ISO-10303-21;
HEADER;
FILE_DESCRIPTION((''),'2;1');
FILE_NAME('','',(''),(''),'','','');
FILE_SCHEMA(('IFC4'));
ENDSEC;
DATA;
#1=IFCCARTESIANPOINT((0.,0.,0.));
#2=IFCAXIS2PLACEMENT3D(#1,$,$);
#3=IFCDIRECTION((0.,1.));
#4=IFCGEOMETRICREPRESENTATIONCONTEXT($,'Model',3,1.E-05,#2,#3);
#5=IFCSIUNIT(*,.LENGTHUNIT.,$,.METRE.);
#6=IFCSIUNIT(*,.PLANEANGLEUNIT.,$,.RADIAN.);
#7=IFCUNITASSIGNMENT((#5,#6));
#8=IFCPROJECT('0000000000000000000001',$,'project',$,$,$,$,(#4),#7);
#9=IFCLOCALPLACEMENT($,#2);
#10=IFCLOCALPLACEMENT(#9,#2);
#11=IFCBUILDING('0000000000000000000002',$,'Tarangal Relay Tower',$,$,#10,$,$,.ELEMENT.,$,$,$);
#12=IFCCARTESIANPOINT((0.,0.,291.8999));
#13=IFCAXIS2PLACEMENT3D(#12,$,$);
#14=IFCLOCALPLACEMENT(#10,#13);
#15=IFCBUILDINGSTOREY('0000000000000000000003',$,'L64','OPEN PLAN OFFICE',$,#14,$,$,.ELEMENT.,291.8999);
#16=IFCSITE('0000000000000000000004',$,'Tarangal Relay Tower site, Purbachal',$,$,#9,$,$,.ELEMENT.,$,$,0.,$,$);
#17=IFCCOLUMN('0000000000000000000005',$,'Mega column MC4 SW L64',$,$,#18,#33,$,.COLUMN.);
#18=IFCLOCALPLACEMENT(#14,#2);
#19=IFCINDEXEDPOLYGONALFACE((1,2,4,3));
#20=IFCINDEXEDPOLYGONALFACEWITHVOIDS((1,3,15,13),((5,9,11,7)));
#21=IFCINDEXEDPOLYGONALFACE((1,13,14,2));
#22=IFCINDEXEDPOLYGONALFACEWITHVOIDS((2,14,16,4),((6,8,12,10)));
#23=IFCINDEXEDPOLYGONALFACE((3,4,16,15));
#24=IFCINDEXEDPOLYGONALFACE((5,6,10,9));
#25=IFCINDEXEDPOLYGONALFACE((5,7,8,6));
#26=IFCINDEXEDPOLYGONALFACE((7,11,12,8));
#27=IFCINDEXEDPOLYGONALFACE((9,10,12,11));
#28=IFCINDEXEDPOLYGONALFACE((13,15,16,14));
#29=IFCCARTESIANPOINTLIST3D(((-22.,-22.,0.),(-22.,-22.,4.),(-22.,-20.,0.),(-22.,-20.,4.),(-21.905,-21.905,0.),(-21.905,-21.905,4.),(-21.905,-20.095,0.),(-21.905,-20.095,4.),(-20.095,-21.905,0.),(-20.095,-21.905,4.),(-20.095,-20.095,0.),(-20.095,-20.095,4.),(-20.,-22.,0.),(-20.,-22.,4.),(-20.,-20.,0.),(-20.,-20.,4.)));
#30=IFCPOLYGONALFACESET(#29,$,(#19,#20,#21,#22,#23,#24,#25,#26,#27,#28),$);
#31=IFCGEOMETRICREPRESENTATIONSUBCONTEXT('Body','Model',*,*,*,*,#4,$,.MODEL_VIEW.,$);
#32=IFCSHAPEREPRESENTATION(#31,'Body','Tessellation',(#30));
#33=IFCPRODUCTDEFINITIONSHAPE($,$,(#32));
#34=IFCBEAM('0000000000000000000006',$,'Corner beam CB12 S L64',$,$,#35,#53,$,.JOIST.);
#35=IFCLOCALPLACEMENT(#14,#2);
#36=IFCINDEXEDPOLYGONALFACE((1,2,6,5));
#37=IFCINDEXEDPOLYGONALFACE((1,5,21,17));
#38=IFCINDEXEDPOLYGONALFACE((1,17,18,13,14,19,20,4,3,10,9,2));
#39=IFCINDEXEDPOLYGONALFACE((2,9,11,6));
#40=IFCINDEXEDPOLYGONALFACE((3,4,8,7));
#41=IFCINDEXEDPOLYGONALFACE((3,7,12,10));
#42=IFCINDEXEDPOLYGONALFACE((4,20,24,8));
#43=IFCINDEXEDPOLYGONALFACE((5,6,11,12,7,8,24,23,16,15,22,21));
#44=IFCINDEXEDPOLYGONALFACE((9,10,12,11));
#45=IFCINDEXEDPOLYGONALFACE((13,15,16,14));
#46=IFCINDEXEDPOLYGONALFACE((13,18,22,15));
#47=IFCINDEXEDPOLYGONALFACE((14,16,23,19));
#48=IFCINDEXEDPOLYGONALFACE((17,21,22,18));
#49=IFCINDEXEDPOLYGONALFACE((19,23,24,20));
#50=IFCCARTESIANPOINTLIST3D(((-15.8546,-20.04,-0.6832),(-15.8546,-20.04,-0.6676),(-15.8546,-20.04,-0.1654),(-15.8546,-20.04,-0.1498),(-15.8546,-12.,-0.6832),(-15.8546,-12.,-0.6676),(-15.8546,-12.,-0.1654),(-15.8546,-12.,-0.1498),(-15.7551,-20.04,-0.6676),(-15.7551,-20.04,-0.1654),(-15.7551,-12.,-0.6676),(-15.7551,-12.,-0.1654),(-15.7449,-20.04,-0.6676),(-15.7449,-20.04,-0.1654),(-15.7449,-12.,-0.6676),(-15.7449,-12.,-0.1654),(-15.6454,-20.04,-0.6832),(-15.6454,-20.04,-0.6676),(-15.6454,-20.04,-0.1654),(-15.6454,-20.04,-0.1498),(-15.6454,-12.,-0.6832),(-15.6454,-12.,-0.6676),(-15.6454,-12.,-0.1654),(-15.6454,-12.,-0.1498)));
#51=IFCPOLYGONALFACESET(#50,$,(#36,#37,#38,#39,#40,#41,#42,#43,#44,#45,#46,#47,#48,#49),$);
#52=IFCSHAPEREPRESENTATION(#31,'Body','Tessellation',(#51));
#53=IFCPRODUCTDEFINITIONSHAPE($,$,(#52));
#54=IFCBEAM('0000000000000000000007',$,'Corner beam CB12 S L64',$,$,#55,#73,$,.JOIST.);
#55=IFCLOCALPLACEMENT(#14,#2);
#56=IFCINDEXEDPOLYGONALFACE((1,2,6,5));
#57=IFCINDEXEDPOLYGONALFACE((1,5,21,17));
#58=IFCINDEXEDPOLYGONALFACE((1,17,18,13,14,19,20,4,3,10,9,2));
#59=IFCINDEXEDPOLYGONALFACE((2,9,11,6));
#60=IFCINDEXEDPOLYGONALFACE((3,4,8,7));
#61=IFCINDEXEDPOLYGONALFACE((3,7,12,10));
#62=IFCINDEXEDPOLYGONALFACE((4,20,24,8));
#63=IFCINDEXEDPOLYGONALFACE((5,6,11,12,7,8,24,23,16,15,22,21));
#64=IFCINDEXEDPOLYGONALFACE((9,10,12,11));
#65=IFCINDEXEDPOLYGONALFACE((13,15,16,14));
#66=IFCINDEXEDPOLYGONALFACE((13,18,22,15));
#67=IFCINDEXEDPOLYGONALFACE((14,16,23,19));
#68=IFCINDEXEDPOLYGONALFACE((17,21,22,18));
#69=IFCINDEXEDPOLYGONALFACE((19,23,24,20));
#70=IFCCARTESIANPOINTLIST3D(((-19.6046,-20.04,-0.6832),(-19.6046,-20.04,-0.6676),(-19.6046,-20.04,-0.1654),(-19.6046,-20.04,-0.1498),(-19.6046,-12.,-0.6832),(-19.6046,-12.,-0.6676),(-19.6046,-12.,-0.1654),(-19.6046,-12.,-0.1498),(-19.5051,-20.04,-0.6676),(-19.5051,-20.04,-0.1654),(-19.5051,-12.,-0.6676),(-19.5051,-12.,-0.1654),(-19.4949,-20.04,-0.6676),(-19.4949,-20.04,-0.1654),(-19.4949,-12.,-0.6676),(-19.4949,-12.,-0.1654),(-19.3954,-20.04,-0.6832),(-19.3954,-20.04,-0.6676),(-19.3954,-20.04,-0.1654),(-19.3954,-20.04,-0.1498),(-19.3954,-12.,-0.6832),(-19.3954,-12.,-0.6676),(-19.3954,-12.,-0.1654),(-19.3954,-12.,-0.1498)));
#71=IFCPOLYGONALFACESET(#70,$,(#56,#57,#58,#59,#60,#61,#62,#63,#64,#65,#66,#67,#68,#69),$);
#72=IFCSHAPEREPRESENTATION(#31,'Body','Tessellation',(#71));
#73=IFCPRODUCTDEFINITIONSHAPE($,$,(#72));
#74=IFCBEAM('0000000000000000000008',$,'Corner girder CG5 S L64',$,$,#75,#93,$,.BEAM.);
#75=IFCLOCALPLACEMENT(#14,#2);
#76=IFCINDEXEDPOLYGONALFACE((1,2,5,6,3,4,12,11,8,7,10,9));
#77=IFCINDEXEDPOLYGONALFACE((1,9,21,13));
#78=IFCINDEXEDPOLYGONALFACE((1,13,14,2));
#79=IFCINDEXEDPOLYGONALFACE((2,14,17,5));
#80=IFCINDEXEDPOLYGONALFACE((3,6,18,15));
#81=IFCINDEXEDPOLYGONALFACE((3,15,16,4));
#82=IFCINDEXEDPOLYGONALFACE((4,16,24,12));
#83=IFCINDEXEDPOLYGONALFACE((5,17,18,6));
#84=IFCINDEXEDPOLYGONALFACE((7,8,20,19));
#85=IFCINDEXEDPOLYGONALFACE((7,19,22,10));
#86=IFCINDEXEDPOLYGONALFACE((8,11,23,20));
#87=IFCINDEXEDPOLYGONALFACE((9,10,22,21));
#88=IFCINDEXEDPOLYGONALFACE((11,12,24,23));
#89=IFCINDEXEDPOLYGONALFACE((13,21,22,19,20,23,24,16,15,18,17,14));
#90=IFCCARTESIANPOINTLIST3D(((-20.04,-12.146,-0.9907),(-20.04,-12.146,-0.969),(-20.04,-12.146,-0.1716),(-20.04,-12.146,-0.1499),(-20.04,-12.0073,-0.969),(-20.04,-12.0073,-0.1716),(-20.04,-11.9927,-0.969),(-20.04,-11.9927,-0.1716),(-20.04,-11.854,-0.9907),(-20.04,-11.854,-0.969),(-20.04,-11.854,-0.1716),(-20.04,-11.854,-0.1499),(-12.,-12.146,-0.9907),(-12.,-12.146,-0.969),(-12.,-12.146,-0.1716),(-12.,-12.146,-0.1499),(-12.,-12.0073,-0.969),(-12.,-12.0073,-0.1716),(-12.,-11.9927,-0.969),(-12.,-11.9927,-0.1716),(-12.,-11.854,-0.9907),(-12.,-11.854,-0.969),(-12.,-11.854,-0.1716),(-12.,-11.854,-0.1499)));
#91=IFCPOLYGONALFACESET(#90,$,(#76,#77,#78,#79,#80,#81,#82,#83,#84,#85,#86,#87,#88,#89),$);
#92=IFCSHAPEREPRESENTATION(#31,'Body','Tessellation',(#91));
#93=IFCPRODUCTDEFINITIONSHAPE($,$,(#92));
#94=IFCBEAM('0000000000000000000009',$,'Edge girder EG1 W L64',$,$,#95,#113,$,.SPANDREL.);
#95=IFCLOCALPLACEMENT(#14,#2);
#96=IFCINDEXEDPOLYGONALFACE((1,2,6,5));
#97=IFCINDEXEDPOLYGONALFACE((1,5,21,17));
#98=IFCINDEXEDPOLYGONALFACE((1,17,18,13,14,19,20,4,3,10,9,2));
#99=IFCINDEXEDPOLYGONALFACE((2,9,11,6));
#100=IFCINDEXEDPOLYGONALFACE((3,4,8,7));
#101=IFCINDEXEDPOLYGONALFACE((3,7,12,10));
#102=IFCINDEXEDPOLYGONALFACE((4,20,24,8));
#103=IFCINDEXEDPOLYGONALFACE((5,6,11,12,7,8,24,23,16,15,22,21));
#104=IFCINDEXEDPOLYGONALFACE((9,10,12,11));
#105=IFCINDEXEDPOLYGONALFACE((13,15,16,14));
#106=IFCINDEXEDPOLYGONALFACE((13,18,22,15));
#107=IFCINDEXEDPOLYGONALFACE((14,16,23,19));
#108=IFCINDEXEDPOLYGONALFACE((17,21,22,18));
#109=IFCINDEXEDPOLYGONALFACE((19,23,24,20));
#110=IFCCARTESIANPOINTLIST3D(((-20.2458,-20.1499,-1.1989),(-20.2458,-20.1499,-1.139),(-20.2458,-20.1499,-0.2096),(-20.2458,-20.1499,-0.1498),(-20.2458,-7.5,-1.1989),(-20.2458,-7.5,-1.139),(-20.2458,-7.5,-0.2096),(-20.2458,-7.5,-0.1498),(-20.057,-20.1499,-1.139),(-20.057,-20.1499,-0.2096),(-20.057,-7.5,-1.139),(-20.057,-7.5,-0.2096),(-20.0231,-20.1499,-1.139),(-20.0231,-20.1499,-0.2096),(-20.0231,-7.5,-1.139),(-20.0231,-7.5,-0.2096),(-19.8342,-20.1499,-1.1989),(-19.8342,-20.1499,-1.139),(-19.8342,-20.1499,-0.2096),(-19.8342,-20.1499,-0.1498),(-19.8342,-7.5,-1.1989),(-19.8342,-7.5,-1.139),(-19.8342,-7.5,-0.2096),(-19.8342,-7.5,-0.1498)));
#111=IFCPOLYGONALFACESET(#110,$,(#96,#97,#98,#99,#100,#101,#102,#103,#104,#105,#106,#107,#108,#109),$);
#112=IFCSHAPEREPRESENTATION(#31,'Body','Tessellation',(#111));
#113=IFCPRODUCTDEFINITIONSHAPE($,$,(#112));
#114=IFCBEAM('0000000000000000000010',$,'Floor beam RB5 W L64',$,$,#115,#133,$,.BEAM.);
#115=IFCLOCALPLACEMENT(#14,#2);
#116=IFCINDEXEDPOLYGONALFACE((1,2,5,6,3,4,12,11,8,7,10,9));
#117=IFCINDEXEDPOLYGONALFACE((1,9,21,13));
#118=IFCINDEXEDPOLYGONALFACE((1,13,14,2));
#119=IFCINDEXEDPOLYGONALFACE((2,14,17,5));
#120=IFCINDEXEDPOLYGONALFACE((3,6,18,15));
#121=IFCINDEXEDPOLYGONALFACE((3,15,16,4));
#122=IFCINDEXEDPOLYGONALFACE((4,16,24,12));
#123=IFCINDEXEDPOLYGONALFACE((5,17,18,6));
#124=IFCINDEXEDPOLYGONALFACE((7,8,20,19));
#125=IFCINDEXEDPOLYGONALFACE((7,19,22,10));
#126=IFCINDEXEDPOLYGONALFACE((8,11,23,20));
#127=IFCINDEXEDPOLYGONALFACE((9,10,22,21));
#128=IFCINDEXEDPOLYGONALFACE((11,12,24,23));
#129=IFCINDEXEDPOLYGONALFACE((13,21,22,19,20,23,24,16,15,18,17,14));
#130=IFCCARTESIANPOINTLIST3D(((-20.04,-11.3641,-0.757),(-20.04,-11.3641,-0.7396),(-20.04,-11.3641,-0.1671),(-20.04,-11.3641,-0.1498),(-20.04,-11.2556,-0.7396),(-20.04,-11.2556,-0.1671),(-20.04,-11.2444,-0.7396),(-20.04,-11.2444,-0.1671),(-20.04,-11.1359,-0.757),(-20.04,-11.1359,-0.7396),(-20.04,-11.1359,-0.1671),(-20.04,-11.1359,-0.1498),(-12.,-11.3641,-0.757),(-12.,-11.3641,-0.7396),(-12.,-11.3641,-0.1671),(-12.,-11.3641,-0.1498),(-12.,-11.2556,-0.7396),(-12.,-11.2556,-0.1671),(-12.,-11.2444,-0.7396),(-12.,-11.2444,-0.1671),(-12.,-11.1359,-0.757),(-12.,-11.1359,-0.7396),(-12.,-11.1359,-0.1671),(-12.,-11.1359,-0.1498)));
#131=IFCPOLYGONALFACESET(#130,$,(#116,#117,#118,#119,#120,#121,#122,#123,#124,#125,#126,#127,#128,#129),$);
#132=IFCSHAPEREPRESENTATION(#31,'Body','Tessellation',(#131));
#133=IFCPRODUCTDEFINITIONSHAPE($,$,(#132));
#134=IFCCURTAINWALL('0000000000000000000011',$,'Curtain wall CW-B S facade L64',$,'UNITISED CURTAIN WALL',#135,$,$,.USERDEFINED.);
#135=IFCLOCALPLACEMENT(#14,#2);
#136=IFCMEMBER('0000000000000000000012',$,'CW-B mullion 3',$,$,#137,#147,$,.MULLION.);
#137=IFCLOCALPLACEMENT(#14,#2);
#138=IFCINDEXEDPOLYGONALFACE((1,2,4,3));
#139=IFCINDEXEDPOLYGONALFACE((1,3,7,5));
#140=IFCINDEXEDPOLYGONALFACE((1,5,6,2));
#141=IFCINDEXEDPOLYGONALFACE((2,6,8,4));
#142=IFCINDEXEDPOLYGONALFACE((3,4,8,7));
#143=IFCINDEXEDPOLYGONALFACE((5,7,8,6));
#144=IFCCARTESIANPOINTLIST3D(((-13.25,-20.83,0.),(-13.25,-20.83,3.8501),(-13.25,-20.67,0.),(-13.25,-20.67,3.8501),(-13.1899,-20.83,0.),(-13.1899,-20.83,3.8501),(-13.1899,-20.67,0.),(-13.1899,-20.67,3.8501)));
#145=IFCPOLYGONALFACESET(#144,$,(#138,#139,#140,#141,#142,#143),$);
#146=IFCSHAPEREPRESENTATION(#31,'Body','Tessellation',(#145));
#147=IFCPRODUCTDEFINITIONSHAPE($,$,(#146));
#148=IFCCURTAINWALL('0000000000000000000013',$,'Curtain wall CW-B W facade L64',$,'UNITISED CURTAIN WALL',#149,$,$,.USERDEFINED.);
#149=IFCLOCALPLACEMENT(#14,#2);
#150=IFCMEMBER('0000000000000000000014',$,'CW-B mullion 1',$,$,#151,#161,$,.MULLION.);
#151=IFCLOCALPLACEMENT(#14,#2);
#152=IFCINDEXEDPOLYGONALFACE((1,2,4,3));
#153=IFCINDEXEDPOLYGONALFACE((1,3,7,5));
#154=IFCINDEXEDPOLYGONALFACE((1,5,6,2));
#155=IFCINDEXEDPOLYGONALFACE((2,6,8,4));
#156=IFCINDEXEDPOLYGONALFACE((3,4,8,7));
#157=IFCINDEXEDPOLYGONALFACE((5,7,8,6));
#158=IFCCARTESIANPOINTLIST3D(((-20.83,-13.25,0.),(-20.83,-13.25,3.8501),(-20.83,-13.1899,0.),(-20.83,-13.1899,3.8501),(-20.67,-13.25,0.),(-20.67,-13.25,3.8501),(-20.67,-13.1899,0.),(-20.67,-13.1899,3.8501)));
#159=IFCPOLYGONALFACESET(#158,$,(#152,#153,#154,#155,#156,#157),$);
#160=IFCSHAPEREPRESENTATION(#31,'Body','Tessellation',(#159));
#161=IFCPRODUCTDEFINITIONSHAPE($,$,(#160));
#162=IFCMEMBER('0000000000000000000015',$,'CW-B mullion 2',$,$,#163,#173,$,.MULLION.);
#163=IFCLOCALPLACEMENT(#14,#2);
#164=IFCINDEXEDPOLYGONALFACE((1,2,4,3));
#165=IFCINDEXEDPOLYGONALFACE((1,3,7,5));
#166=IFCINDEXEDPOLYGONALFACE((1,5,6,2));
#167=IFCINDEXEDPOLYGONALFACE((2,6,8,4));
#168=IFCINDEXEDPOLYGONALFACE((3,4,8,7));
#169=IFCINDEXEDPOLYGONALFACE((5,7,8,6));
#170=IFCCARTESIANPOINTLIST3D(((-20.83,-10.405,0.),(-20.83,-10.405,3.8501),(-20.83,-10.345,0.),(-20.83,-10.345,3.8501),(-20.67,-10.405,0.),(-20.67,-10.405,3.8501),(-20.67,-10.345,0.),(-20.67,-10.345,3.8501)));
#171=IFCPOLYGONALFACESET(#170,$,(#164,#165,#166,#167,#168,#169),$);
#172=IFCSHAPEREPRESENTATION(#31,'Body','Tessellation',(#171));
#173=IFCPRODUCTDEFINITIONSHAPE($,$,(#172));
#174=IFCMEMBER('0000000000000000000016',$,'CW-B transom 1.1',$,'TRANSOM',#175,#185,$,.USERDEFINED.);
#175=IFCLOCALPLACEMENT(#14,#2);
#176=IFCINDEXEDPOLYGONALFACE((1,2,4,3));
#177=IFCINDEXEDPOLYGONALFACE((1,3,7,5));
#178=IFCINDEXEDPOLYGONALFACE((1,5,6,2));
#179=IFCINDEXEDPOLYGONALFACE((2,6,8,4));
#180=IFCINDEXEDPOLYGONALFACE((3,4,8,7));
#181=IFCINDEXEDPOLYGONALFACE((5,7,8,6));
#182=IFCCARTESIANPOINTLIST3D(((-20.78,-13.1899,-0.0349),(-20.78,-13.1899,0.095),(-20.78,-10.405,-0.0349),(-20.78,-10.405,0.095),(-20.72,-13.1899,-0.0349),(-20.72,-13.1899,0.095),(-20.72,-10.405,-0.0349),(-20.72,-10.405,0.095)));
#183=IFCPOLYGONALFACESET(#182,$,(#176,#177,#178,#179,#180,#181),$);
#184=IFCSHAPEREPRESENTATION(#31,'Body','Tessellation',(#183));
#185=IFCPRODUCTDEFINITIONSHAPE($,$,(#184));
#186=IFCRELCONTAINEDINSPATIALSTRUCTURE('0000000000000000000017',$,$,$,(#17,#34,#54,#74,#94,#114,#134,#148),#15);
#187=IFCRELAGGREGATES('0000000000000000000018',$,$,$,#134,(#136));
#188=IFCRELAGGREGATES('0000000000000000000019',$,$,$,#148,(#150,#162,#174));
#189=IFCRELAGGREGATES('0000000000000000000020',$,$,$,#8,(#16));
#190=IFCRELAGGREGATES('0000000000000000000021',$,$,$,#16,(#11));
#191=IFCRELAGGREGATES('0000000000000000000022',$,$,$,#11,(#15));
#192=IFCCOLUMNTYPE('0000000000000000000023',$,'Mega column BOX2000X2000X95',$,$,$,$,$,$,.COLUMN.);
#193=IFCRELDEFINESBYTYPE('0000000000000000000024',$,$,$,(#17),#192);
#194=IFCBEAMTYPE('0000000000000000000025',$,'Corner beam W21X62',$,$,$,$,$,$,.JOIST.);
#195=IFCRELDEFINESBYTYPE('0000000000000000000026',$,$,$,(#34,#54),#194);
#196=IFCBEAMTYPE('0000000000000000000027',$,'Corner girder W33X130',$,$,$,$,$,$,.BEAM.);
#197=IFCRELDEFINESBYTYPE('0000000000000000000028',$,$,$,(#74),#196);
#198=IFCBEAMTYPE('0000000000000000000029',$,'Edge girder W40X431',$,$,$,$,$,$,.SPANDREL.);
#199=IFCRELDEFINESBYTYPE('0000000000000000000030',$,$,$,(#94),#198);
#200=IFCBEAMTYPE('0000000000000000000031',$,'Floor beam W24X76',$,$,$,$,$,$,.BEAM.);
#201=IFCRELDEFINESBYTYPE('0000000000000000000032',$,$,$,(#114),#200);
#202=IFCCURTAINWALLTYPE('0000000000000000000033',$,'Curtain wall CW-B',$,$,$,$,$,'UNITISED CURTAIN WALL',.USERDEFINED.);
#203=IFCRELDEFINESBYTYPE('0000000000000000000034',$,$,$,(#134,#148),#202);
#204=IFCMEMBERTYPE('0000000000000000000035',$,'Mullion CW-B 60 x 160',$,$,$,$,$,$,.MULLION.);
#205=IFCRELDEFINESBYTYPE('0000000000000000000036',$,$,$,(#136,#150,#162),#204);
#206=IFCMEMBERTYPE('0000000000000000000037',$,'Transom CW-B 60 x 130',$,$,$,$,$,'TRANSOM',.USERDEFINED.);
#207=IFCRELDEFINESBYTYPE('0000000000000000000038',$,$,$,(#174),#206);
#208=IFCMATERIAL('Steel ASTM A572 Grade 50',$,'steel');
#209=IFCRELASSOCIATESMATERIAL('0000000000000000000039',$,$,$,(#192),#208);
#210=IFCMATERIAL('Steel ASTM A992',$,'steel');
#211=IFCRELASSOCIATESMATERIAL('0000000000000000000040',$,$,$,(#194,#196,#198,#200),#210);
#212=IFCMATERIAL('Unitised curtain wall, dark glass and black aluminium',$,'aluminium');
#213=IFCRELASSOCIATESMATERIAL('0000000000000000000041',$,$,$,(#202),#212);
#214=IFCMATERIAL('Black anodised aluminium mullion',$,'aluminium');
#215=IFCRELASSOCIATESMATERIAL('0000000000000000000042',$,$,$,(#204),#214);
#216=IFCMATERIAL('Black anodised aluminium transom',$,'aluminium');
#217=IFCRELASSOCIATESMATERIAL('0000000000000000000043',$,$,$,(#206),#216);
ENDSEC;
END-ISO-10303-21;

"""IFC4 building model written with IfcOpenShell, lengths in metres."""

from ifc_helpers import new_model, si_unit, direction, frame, origin, origin_2d, place, context, subcontext, project, spatial, rectangle, hollow_rectangle, i_section, extrude, material, material_profile, profile_set, type_object, element, aggregate, save


model = new_model("IFC4")

# Units and contexts
model_context = context("Model", 3, precision=1e-05, world=origin(), true_north=direction((0.0, 1.0)))
body_context = subcontext(model_context, "Body", "Model", "MODEL_VIEW")
ifc_project = project(units=[si_unit("LENGTHUNIT", "METRE"), si_unit("PLANEANGLEUNIT", "RADIAN")], contexts=[model_context])

# Site, building, storey
site_placement = place(None, origin())
site = spatial("IfcSite", under=ifc_project, at=site_placement, Name="Tarangal Relay Tower site, Purbachal", CompositionType="ELEMENT", RefElevation=0.0)
building_placement = place(site_placement, origin())
building = spatial("IfcBuilding", under=site, at=building_placement, Name="Tarangal Relay Tower", CompositionType="ELEMENT")
storey_placement = place(building_placement, frame((0.0, 0.0, 291.8999)))
storey = spatial("IfcBuildingStorey", under=building, at=storey_placement, Name="L64", Description="OPEN PLAN OFFICE", CompositionType="ELEMENT", Elevation=291.8999)

# Column
ifc_material_1 = material(Name="Steel ASTM A572 Grade 50", Category="steel")
ifc_material_profile_1 = material_profile(ifc_material_1, hollow_rectangle(XDim=2.0, YDim=2.0, WallThickness=0.095, at=origin_2d()), Name="BOX2000X2000X95")
ifc_profile_set_1 = profile_set([ifc_material_profile_1], Name="Steel ASTM A572 Grade 50")
column_type = type_object("IfcColumnType", Name="Mega column BOX2000X2000X95", PredefinedType="COLUMN", material=ifc_profile_set_1)
column_placement = place(storey_placement, frame((-21.0, -21.0, 0.0), z_axis=(0.0, 0.0, 1.0), x_axis=(1.0, 0.0, 0.0)))
element("IfcColumn", 1, at=column_placement, inside=storey, type_object=column_type, Name="Mega column MC4 SW L64", PredefinedType="COLUMN", context=body_context, shape_type="SweptSolid", body=[
    extrude(hollow_rectangle(XDim=2.0, YDim=2.0, WallThickness=0.095, at=origin_2d()), origin(), (0.0, 0.0, 1.0), 4.0),
])

# Beams
ifc_material_2 = material(Name="Steel ASTM A992", Category="steel")
ifc_material_profile_2 = material_profile(ifc_material_2, i_section(OverallWidth=0.2092, OverallDepth=0.5334, WebThickness=0.0103, FlangeThickness=0.0156, at=origin_2d()), Name="W21X62")
ifc_profile_set_2 = profile_set([ifc_material_profile_2], Name="Steel ASTM A992")
beam_type_1 = type_object("IfcBeamType", Name="Corner beam W21X62", PredefinedType="JOIST", material=ifc_profile_set_2)
for number, where, z_axis, x_axis, name in (
    (2, (-15.75, -12.0, -0.4165), (0.0, -1.0, 0.0), (1.0, 0.0, 0.0), "Corner beam CB12 S L64"),
    (3, (-19.5, -12.0, -0.4165), (0.0, -1.0, 0.0), (1.0, 0.0, 0.0), "Corner beam CB12 S L64"),
):
    element("IfcBeam", number, at=place(storey_placement, frame(where, z_axis=z_axis, x_axis=x_axis)), inside=storey, type_object=beam_type_1, Name=name, PredefinedType="JOIST", context=body_context, shape_type="SweptSolid", body=[
        extrude(i_section(OverallWidth=0.2092, OverallDepth=0.5334, WebThickness=0.0103, FlangeThickness=0.0156, at=origin_2d()), origin(), (0.0, 0.0, 1.0), 8.04),
    ])
ifc_material_profile_3 = material_profile(ifc_material_2, i_section(OverallWidth=0.292, OverallDepth=0.8408, WebThickness=0.0146, FlangeThickness=0.0217, at=origin_2d()), Name="W33X130")
ifc_profile_set_3 = profile_set([ifc_material_profile_3], Name="Steel ASTM A992")
beam_type_2 = type_object("IfcBeamType", Name="Corner girder W33X130", PredefinedType="BEAM", material=ifc_profile_set_3)
beam_1_placement = place(storey_placement, frame((-12.0, -12.0, -0.5703), z_axis=(-1.0, 0.0, 0.0), x_axis=(0.0, -1.0, 0.0)))
element("IfcBeam", 4, at=beam_1_placement, inside=storey, type_object=beam_type_2, Name="Corner girder CG5 S L64", PredefinedType="BEAM", context=body_context, shape_type="SweptSolid", body=[
    extrude(i_section(OverallWidth=0.292, OverallDepth=0.8408, WebThickness=0.0146, FlangeThickness=0.0217, at=origin_2d()), origin(), (0.0, 0.0, 1.0), 8.04),
])
ifc_material_profile_4 = material_profile(ifc_material_2, i_section(OverallWidth=0.4116, OverallDepth=1.0491, WebThickness=0.0339, FlangeThickness=0.0598, at=origin_2d()), Name="W40X431")
ifc_profile_set_4 = profile_set([ifc_material_profile_4], Name="Steel ASTM A992")
beam_type_3 = type_object("IfcBeamType", Name="Edge girder W40X431", PredefinedType="SPANDREL", material=ifc_profile_set_4)
beam_2_placement = place(storey_placement, frame((-20.04, -20.1499, -0.6743), z_axis=(0.0, 1.0, 0.0), x_axis=(-1.0, 0.0, 0.0)))
element("IfcBeam", 5, at=beam_2_placement, inside=storey, type_object=beam_type_3, Name="Edge girder EG1 W L64", PredefinedType="SPANDREL", context=body_context, shape_type="SweptSolid", body=[
    extrude(i_section(OverallWidth=0.4116, OverallDepth=1.0491, WebThickness=0.0339, FlangeThickness=0.0598, at=origin_2d()), origin(), (0.0, 0.0, 1.0), 12.6499),
])
ifc_material_profile_5 = material_profile(ifc_material_2, i_section(OverallWidth=0.2283, OverallDepth=0.6072, WebThickness=0.0112, FlangeThickness=0.0173, at=origin_2d()), Name="W24X76")
ifc_profile_set_5 = profile_set([ifc_material_profile_5], Name="Steel ASTM A992")
beam_type_4 = type_object("IfcBeamType", Name="Floor beam W24X76", PredefinedType="BEAM", material=ifc_profile_set_5)
beam_3_placement = place(storey_placement, frame((-12.0, -11.25, -0.4534), z_axis=(-1.0, 0.0, 0.0), x_axis=(0.0, -1.0, 0.0)))
element("IfcBeam", 6, at=beam_3_placement, inside=storey, type_object=beam_type_4, Name="Floor beam RB5 W L64", PredefinedType="BEAM", context=body_context, shape_type="SweptSolid", body=[
    extrude(i_section(OverallWidth=0.2283, OverallDepth=0.6072, WebThickness=0.0112, FlangeThickness=0.0173, at=origin_2d()), origin(), (0.0, 0.0, 1.0), 8.04),
])

# Curtain wall, member
ifc_material_3 = material(Name="Unitised curtain wall, dark glass and black aluminium", Category="aluminium")
curtain_wall_type = type_object("IfcCurtainWallType", Name="Curtain wall CW-B", ElementType="UNITISED CURTAIN WALL", PredefinedType="USERDEFINED", material=ifc_material_3)
curtain_wall_1_placement = place(storey_placement, origin())
curtain_wall_1 = element("IfcCurtainWall", 7, at=curtain_wall_1_placement, inside=storey, type_object=curtain_wall_type, Name="Curtain wall CW-B S facade L64", ObjectType="UNITISED CURTAIN WALL", PredefinedType="USERDEFINED")
ifc_material_4 = material(Name="Black anodised aluminium mullion", Category="aluminium")
ifc_material_profile_6 = material_profile(ifc_material_4, rectangle(XDim=0.1599, YDim=0.0601, at=origin_2d()), Name="CW-BM 60X160")
ifc_profile_set_6 = profile_set([ifc_material_profile_6], Name="Black anodised aluminium mullion")
member_type_1 = type_object("IfcMemberType", Name="Mullion CW-B 60 x 160", PredefinedType="MULLION", material=ifc_profile_set_6)
member_1_placement = place(storey_placement, frame((-13.22, -20.75, 0.0), z_axis=(0.0, 0.0, 1.0), x_axis=(0.0, -1.0, 0.0)))
member_1 = element("IfcMember", 8, at=member_1_placement, type_object=member_type_1, Name="CW-B mullion 3", PredefinedType="MULLION", context=body_context, shape_type="SweptSolid", body=[
    extrude(rectangle(XDim=0.1599, YDim=0.0601, at=origin_2d()), origin(), (0.0, 0.0, 1.0), 3.8501),
])

# Curtain wall, members
curtain_wall_2_placement = place(storey_placement, origin())
curtain_wall_2 = element("IfcCurtainWall", 9, at=curtain_wall_2_placement, inside=storey, type_object=curtain_wall_type, Name="Curtain wall CW-B W facade L64", ObjectType="UNITISED CURTAIN WALL", PredefinedType="USERDEFINED")
member_2_placement = place(storey_placement, frame((-20.75, -13.22, 0.0), z_axis=(0.0, 0.0, 1.0), x_axis=(-1.0, 0.0, 0.0)))
member_2 = element("IfcMember", 10, at=member_2_placement, type_object=member_type_1, Name="CW-B mullion 1", PredefinedType="MULLION", context=body_context, shape_type="SweptSolid", body=[
    extrude(rectangle(XDim=0.1599, YDim=0.0601, at=origin_2d()), origin(), (0.0, 0.0, 1.0), 3.8501),
])
member_3_placement = place(storey_placement, frame((-20.75, -10.375, 0.0), z_axis=(0.0, 0.0, 1.0), x_axis=(-1.0, 0.0, 0.0)))
member_3 = element("IfcMember", 11, at=member_3_placement, type_object=member_type_1, Name="CW-B mullion 2", PredefinedType="MULLION", context=body_context, shape_type="SweptSolid", body=[
    extrude(rectangle(XDim=0.1599, YDim=0.0601, at=origin_2d()), origin(), (0.0, 0.0, 1.0), 3.8501),
])
ifc_material_5 = material(Name="Black anodised aluminium transom", Category="aluminium")
ifc_material_profile_7 = material_profile(ifc_material_5, rectangle(XDim=0.0601, YDim=0.1299, at=origin_2d()), Name="CW-BT 60X130")
ifc_profile_set_7 = profile_set([ifc_material_profile_7], Name="Black anodised aluminium transom")
member_type_2 = type_object("IfcMemberType", Name="Transom CW-B 60 x 130", ElementType="TRANSOM", PredefinedType="USERDEFINED", material=ifc_profile_set_7)
member_4_placement = place(storey_placement, frame((-20.75, -13.1899, 0.03), z_axis=(0.0, 1.0, 0.0), x_axis=(-1.0, 0.0, 0.0)))
member_4 = element("IfcMember", 12, at=member_4_placement, type_object=member_type_2, Name="CW-B transom 1.1", ObjectType="TRANSOM", PredefinedType="USERDEFINED", context=body_context, shape_type="SweptSolid", body=[
    extrude(rectangle(XDim=0.0601, YDim=0.1299, at=origin_2d()), origin(), (0.0, 0.0, 1.0), 2.7849),
])

aggregate(curtain_wall_1, [member_1])
aggregate(curtain_wall_2, [member_2, member_3, member_4])

save(model, "model.ifc")
